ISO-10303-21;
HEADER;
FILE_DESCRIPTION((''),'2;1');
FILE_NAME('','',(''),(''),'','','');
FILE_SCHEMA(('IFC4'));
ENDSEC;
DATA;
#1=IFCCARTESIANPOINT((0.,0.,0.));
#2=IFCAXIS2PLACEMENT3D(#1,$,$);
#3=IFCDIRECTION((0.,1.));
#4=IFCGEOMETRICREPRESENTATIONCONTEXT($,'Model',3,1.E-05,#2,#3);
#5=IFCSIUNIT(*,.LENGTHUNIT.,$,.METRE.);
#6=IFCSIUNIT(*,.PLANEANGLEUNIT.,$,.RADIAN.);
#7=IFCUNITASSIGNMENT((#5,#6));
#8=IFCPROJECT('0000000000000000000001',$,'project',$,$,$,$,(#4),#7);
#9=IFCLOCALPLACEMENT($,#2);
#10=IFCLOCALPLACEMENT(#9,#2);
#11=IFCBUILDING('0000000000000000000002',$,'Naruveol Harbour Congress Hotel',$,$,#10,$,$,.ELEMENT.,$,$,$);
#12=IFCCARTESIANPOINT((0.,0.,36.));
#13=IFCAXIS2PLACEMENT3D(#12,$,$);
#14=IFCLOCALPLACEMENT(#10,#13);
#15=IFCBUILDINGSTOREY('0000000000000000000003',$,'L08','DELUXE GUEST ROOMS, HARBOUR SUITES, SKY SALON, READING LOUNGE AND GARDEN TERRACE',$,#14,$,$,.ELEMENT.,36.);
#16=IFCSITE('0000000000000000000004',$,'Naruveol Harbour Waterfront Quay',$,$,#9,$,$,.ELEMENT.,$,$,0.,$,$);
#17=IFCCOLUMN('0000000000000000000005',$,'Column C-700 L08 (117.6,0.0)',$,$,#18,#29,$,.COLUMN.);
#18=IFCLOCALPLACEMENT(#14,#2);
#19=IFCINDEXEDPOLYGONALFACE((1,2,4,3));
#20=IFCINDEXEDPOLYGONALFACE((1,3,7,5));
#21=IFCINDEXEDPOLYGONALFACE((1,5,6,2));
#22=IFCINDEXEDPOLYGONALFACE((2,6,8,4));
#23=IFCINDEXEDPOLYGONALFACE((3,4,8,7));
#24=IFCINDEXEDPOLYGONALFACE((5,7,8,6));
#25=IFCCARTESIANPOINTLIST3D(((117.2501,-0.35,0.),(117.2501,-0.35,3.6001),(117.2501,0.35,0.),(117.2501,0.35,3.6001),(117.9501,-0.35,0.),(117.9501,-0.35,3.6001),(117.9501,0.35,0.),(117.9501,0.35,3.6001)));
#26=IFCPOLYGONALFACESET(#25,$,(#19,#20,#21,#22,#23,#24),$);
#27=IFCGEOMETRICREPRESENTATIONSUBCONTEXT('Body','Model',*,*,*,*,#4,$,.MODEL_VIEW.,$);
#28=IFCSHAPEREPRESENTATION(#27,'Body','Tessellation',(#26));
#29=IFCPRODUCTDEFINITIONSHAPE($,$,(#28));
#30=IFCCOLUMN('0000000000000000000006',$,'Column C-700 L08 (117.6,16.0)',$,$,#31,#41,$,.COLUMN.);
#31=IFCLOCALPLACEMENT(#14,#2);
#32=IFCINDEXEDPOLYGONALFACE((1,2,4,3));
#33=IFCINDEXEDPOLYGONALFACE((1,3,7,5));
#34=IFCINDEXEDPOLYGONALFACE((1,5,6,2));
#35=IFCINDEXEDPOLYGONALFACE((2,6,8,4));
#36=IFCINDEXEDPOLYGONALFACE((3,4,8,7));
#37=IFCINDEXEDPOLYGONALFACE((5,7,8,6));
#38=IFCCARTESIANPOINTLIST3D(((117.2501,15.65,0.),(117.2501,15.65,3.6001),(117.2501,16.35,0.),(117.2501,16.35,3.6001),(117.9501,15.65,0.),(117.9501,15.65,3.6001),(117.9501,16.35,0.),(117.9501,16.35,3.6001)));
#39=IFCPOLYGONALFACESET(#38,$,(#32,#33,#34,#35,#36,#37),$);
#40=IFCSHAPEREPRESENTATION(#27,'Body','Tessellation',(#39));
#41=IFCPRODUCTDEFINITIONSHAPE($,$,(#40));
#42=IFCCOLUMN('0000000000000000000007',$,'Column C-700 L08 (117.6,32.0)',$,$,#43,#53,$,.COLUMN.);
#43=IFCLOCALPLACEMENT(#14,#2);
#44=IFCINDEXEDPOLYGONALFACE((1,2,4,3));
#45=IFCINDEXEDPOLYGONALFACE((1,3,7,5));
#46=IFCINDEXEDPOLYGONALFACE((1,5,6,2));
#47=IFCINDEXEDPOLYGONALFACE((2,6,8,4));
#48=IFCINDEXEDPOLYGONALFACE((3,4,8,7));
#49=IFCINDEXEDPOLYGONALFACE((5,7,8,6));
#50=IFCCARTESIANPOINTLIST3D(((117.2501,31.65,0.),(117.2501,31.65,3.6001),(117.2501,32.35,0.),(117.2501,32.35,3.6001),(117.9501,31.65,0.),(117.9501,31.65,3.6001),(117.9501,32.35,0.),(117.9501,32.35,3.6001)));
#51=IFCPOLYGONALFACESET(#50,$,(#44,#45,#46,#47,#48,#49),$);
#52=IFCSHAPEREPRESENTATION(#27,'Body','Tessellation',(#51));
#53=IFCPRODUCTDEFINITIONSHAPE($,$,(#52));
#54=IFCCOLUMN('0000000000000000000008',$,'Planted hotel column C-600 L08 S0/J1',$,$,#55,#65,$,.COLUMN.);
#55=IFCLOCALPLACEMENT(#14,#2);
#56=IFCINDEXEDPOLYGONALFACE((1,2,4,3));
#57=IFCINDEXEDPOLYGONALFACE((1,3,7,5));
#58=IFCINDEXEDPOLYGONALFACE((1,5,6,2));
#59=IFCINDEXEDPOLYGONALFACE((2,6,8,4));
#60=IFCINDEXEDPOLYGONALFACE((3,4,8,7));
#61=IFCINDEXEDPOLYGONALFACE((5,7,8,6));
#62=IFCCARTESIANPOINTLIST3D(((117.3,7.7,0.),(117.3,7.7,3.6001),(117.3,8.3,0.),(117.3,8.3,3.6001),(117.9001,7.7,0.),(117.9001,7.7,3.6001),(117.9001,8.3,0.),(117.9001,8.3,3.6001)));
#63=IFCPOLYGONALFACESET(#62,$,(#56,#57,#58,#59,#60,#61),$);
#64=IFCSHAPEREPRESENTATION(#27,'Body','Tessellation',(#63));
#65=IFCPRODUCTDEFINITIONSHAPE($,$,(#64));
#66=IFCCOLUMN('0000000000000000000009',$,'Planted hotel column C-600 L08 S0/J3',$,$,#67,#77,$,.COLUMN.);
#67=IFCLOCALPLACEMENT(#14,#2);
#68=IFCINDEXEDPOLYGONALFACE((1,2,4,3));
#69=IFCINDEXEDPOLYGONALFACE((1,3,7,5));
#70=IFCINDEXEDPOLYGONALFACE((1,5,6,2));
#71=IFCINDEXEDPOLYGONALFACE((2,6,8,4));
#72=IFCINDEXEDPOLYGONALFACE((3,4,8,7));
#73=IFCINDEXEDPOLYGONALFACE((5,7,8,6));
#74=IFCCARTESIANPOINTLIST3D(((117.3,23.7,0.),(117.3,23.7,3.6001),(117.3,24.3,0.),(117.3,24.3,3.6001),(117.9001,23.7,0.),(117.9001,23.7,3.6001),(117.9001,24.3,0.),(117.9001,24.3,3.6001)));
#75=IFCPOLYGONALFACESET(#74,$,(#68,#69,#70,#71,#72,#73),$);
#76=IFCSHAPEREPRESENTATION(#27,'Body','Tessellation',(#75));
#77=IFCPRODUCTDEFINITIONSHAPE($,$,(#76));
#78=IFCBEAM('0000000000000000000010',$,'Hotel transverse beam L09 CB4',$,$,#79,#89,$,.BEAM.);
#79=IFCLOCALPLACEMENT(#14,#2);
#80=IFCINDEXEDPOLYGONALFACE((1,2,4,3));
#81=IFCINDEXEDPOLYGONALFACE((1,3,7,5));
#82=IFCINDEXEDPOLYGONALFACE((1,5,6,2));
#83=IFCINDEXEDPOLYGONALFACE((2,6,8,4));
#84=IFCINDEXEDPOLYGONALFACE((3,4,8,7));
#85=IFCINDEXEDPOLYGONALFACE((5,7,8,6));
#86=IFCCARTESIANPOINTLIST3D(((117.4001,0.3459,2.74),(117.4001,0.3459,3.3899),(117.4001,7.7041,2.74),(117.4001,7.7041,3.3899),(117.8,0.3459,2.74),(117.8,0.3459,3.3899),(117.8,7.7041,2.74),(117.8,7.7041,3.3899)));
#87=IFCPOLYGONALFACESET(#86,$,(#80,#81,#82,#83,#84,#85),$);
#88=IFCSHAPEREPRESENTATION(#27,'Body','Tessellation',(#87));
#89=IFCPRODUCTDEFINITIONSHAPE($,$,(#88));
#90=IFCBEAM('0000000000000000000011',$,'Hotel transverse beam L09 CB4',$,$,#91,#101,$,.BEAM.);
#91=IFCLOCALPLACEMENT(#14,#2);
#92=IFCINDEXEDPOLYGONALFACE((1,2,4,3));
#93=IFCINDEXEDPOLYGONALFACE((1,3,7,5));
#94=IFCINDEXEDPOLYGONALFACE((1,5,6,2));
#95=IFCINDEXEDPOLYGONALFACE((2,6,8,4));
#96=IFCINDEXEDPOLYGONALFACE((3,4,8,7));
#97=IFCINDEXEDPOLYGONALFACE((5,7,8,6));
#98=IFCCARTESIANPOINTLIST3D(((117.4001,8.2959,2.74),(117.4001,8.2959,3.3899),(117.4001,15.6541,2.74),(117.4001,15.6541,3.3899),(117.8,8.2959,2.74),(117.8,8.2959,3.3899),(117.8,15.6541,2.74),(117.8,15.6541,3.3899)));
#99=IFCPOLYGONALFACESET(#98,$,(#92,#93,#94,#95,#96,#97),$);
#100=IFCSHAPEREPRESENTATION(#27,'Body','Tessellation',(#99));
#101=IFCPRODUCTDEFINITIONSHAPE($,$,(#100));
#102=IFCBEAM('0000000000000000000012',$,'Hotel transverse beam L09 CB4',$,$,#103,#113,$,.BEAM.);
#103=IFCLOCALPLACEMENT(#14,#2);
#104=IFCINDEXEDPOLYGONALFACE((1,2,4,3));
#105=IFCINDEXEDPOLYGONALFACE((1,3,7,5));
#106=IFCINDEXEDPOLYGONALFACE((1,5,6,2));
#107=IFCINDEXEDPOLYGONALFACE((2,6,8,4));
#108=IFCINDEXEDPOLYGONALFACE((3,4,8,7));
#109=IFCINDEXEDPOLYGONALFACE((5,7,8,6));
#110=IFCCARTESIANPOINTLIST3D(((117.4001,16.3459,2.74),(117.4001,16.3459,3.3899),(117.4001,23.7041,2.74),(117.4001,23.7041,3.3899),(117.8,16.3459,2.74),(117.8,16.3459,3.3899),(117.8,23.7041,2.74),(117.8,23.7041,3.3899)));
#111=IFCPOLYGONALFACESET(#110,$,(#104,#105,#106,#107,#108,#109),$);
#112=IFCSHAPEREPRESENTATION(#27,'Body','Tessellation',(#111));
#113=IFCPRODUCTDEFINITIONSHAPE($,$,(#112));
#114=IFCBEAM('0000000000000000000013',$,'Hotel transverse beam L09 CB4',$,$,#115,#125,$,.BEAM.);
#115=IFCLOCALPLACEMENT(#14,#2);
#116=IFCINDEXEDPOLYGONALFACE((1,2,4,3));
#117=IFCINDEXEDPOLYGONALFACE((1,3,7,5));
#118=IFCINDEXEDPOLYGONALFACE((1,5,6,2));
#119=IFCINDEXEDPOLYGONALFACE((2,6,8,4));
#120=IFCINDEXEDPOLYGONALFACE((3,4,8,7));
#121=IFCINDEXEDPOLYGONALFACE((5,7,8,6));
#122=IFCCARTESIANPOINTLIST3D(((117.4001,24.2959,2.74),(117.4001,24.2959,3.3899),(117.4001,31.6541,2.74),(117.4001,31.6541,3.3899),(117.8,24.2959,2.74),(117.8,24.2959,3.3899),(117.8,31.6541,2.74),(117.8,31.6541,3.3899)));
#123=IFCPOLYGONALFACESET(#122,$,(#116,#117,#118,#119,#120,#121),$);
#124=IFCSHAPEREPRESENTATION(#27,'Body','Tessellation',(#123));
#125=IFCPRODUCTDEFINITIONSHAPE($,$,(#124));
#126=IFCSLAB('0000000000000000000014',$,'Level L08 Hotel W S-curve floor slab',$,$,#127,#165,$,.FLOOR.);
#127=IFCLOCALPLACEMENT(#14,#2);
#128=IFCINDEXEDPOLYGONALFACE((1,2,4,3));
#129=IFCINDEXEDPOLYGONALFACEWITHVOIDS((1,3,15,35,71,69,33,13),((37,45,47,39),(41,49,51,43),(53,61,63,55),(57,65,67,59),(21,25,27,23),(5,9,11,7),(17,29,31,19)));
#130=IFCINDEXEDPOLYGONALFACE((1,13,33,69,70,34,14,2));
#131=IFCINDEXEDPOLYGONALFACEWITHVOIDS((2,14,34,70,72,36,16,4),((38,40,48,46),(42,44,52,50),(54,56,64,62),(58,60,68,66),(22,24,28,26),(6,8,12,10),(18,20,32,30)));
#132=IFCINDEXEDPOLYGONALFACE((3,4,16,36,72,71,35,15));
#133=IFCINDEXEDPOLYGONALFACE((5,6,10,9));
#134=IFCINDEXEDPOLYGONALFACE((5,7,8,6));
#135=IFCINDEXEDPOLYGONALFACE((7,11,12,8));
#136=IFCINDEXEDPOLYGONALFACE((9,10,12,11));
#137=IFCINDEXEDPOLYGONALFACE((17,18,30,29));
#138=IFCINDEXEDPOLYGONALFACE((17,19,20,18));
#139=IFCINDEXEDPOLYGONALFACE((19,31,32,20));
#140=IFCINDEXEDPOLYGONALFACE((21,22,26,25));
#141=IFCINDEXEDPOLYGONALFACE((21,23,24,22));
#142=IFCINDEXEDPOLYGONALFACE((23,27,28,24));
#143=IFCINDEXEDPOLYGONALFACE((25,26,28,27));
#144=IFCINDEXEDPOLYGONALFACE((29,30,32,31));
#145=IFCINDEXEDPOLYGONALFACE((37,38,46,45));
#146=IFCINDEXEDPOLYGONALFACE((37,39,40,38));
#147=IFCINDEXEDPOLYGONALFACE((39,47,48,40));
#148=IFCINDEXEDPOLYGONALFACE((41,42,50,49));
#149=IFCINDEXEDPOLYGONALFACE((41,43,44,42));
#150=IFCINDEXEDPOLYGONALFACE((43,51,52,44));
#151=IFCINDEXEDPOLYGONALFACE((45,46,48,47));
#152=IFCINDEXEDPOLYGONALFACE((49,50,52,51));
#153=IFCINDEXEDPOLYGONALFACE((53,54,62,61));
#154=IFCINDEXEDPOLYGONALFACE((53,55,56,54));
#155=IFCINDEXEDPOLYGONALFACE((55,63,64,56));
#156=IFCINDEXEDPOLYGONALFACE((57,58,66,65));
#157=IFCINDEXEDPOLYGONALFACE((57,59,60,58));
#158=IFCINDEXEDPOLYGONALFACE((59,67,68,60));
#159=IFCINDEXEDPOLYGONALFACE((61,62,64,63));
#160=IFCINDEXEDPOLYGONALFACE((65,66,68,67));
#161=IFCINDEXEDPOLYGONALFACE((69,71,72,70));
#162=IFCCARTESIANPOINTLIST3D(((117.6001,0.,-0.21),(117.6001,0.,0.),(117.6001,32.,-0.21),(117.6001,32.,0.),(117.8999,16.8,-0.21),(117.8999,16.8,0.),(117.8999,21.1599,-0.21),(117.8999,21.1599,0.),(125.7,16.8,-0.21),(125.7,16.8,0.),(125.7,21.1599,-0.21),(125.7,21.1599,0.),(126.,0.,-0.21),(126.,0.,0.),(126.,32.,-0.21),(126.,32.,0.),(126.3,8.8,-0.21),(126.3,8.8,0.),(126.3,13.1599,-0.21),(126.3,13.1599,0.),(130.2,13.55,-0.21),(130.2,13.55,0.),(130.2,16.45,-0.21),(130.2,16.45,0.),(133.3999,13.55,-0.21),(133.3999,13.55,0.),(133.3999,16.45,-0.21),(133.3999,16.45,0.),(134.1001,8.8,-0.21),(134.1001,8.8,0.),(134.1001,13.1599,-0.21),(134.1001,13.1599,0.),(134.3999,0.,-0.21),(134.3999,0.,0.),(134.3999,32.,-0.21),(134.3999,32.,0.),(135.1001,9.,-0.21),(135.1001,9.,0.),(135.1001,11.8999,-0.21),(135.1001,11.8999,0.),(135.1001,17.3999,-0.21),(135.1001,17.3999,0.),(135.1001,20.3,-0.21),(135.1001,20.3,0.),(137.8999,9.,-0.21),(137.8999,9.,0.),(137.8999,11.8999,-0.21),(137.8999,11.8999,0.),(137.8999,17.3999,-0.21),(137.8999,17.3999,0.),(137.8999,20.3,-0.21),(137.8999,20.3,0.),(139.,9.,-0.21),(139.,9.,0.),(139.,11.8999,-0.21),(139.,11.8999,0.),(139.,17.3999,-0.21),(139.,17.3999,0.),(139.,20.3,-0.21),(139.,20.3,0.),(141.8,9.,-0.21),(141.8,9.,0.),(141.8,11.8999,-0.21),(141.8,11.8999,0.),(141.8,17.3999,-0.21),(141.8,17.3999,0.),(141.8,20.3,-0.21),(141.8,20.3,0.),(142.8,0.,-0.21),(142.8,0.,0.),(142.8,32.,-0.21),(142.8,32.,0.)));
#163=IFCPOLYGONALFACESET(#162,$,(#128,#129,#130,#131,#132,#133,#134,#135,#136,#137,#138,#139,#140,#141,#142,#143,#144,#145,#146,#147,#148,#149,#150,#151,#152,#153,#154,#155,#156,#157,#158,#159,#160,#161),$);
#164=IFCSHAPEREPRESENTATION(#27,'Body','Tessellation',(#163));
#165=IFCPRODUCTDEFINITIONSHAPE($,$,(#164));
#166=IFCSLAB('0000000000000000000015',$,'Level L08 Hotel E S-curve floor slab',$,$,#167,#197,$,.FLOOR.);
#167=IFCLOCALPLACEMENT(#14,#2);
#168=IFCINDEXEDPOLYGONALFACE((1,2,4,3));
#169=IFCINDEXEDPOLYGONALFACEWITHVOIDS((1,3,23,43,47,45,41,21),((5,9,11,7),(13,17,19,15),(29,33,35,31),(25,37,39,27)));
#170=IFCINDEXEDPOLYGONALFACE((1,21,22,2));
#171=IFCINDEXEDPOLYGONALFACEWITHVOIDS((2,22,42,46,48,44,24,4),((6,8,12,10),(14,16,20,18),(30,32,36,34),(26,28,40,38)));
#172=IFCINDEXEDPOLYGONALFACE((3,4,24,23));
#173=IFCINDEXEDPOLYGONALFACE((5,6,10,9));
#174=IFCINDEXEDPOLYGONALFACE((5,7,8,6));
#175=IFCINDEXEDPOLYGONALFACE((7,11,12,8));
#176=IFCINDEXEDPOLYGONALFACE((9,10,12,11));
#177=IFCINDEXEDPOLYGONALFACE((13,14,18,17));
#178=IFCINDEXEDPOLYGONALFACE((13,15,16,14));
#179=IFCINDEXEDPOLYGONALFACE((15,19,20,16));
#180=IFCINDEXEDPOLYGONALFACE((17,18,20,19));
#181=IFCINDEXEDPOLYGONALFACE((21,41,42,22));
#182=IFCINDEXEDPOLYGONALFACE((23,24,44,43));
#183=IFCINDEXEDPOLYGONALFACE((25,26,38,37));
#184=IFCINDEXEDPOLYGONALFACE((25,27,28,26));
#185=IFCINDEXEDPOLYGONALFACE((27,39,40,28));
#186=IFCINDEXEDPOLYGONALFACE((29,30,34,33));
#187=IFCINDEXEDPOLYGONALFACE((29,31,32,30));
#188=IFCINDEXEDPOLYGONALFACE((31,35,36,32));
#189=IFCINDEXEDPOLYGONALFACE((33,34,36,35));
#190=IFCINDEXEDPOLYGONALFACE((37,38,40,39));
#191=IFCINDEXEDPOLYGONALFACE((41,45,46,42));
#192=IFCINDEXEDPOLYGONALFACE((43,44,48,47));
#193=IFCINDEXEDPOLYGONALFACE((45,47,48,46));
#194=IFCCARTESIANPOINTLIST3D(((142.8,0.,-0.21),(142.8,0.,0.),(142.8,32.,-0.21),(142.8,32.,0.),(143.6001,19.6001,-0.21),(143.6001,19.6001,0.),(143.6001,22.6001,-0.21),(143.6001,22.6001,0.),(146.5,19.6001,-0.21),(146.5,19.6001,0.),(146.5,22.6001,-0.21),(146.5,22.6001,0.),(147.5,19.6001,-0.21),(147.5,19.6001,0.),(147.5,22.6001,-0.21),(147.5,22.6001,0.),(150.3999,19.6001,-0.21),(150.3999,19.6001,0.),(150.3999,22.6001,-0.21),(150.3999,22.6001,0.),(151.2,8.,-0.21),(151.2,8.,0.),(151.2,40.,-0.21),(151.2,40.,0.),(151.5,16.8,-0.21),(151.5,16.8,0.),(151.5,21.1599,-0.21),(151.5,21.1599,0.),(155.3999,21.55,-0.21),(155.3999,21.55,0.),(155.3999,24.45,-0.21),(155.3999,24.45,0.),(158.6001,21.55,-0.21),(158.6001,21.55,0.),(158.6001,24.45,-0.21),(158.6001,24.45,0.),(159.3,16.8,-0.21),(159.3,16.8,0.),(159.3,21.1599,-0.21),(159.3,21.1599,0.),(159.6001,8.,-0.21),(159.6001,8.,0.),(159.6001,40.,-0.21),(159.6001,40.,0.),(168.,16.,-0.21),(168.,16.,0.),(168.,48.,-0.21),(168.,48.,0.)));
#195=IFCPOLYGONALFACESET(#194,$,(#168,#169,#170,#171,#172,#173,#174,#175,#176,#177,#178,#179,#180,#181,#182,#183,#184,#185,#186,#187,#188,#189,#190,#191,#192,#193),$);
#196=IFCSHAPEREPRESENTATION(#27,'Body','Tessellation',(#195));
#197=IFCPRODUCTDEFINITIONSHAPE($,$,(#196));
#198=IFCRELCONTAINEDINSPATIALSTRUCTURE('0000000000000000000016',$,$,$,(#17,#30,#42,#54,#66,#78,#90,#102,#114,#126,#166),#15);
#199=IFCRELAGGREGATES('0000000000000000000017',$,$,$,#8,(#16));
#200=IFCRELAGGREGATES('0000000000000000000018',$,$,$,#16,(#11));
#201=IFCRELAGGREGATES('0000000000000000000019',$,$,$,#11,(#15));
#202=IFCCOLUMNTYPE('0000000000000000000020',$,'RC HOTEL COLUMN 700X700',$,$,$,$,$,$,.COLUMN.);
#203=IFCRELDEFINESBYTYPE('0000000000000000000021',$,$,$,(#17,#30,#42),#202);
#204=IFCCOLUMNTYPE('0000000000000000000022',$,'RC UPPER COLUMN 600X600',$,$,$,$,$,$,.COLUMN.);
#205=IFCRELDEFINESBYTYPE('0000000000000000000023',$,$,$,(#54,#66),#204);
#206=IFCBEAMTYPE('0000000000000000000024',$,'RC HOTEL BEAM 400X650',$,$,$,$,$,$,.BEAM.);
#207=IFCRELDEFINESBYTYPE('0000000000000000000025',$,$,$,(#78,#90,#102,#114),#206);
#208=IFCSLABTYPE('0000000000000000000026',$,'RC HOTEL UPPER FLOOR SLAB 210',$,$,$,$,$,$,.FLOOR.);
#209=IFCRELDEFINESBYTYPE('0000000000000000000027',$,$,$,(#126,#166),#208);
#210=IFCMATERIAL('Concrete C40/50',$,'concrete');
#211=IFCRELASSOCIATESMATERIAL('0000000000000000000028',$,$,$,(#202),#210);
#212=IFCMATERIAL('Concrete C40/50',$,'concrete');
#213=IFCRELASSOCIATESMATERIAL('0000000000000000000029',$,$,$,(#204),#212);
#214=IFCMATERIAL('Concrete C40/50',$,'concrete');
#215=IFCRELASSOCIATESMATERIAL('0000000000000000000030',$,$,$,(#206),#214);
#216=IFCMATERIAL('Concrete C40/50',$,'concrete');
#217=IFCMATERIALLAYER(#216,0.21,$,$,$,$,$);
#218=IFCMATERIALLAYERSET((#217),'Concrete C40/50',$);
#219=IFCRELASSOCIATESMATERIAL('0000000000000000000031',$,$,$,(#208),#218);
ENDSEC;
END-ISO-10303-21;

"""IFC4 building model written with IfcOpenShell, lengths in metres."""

from ifc_helpers import new_model, si_unit, direction, frame, origin, origin_2d, place, context, subcontext, project, spatial, polyline, rectangle, outline, extrude, material, layer, layer_set, material_profile, profile_set, type_object, element, save


model = new_model("IFC4")

# Units and contexts
model_context = context("Model", 3, precision=1e-05, world=origin(), true_north=direction((0.0, 1.0)))
body_context = subcontext(model_context, "Body", "Model", "MODEL_VIEW")
ifc_project = project(units=[si_unit("LENGTHUNIT", "METRE"), si_unit("PLANEANGLEUNIT", "RADIAN")], contexts=[model_context])

# Site, building, storey
site_placement = place(None, origin())
site = spatial("IfcSite", under=ifc_project, at=site_placement, Name="Naruveol Harbour Waterfront Quay", CompositionType="ELEMENT", RefElevation=0.0)
building_placement = place(site_placement, origin())
building = spatial("IfcBuilding", under=site, at=building_placement, Name="Naruveol Harbour Congress Hotel", CompositionType="ELEMENT")
storey_placement = place(building_placement, frame((0.0, 0.0, 36.0)))
storey = spatial("IfcBuildingStorey", under=building, at=storey_placement, Name="L08", Description="DELUXE GUEST ROOMS, HARBOUR SUITES, SKY SALON, READING LOUNGE AND GARDEN TERRACE", CompositionType="ELEMENT", Elevation=36.0)

# Columns
ifc_material_1 = material(Name="Concrete C40/50", Category="concrete")
ifc_material_profile_1 = material_profile(ifc_material_1, rectangle(XDim=0.7, YDim=0.7, at=origin_2d()), Name="RC-700x700")
ifc_profile_set_1 = profile_set([ifc_material_profile_1], Name="Concrete C40/50")
column_type_1 = type_object("IfcColumnType", Name="RC HOTEL COLUMN 700X700", PredefinedType="COLUMN", material=ifc_profile_set_1)
for number, where, z_axis, x_axis, name in (
    (1, (117.6001, 0.0, 0.0), (0.0, 0.0, 1.0), (1.0, 0.0, 0.0), "Column C-700 L08 (117.6,0.0)"),
    (2, (117.6001, 16.0, 0.0), (0.0, 0.0, 1.0), (1.0, 0.0, 0.0), "Column C-700 L08 (117.6,16.0)"),
    (3, (117.6001, 32.0, 0.0), (0.0, 0.0, 1.0), (1.0, 0.0, 0.0), "Column C-700 L08 (117.6,32.0)"),
):
    element("IfcColumn", number, at=place(storey_placement, frame(where, z_axis=z_axis, x_axis=x_axis)), inside=storey, type_object=column_type_1, Name=name, PredefinedType="COLUMN", context=body_context, shape_type="SweptSolid", body=[
        extrude(rectangle(XDim=0.7, YDim=0.7, at=origin_2d()), origin(), (0.0, 0.0, 1.0), 3.6001),
    ])
ifc_material_2 = material(Name="Concrete C40/50", Category="concrete")
ifc_material_profile_2 = material_profile(ifc_material_2, rectangle(XDim=0.6001, YDim=0.6001, at=origin_2d()), Name="RC-600x600")
ifc_profile_set_2 = profile_set([ifc_material_profile_2], Name="Concrete C40/50")
column_type_2 = type_object("IfcColumnType", Name="RC UPPER COLUMN 600X600", PredefinedType="COLUMN", material=ifc_profile_set_2)
for number, where, z_axis, x_axis, name in (
    (4, (117.6001, 8.0, 0.0), (0.0, 0.0, 1.0), (1.0, 0.0, 0.0), "Planted hotel column C-600 L08 S0/J1"),
    (5, (117.6001, 24.0, 0.0), (0.0, 0.0, 1.0), (1.0, 0.0, 0.0), "Planted hotel column C-600 L08 S0/J3"),
):
    element("IfcColumn", number, at=place(storey_placement, frame(where, z_axis=z_axis, x_axis=x_axis)), inside=storey, type_object=column_type_2, Name=name, PredefinedType="COLUMN", context=body_context, shape_type="SweptSolid", body=[
        extrude(rectangle(XDim=0.6001, YDim=0.6001, at=origin_2d()), origin(), (0.0, 0.0, 1.0), 3.6001),
    ])

# Beams
ifc_material_3 = material(Name="Concrete C40/50", Category="concrete")
ifc_material_profile_3 = material_profile(ifc_material_3, rectangle(XDim=0.3999, YDim=0.6499, at=origin_2d()), Name="RCB-400x650")
ifc_profile_set_3 = profile_set([ifc_material_profile_3], Name="Concrete C40/50")
beam_type = type_object("IfcBeamType", Name="RC HOTEL BEAM 400X650", PredefinedType="BEAM", material=ifc_profile_set_3)
for number, where, z_axis, x_axis, name in (
    (6, (117.6001, 0.3459, 3.0649), (0.0, 1.0, 0.0), (-1.0, 0.0, 0.0), "Hotel transverse beam L09 CB4"),
    (7, (117.6001, 8.2959, 3.0649), (0.0, 1.0, 0.0), (-1.0, 0.0, 0.0), "Hotel transverse beam L09 CB4"),
    (8, (117.6001, 16.3459, 3.0649), (0.0, 1.0, 0.0), (-1.0, 0.0, 0.0), "Hotel transverse beam L09 CB4"),
    (9, (117.6001, 24.2959, 3.0649), (0.0, 1.0, 0.0), (-1.0, 0.0, 0.0), "Hotel transverse beam L09 CB4"),
):
    element("IfcBeam", number, at=place(storey_placement, frame(where, z_axis=z_axis, x_axis=x_axis)), inside=storey, type_object=beam_type, Name=name, PredefinedType="BEAM", context=body_context, shape_type="SweptSolid", body=[
        extrude(rectangle(XDim=0.3999, YDim=0.6499, at=origin_2d()), origin(), (0.0, 0.0, 1.0), 7.3582),
    ])

# Slabs
ifc_material_4 = material(Name="Concrete C40/50", Category="concrete")
ifc_layer_1 = layer(ifc_material_4, 0.21)
ifc_layer_set_1 = layer_set([ifc_layer_1], Name="Concrete C40/50")
slab_type_1 = type_object("IfcSlabType", Name="RC HOTEL UPPER FLOOR SLAB 210", PredefinedType="FLOOR", material=ifc_layer_set_1)
slab_1_placement = place(storey_placement, frame((0.0, 0.0, -0.21)))
element("IfcSlab", 10, at=slab_1_placement, inside=storey, type_object=slab_type_1, Name="Level L08 Hotel W S-curve floor slab", PredefinedType="FLOOR", context=body_context, shape_type="SweptSolid", body=[
    extrude(outline(polyline([(117.6001, 0.0), (126.0, 0.0), (134.3999, 0.0), (142.8, 0.0), (142.8, 32.0), (134.3999, 32.0), (126.0, 32.0), (117.6001, 32.0), (117.6001, 0.0)]), holes=[polyline([(126.3, 8.8), (134.1001, 8.8), (134.1001, 13.1599), (126.3, 13.1599), (126.3, 8.8)]), polyline([(117.8999, 16.8), (125.7, 16.8), (125.7, 21.1599), (117.8999, 21.1599), (117.8999, 16.8)]), polyline([(135.1001, 17.3999), (137.8999, 17.3999), (137.8999, 20.3), (135.1001, 20.3), (135.1001, 17.3999)]), polyline([(139.0, 17.3999), (141.8, 17.3999), (141.8, 20.3), (139.0, 20.3), (139.0, 17.3999)]), polyline([(135.1001, 9.0), (137.8999, 9.0), (137.8999, 11.8999), (135.1001, 11.8999), (135.1001, 9.0)]), polyline([(139.0, 9.0), (141.8, 9.0), (141.8, 11.8999), (139.0, 11.8999), (139.0, 9.0)]), polyline([(130.2, 13.55), (133.3999, 13.55), (133.3999, 16.45), (130.2, 16.45), (130.2, 13.55)])]), origin(), (0.0, 0.0, 1.0), 0.21),
])
slab_2_placement = place(storey_placement, frame((0.0, 0.0, -0.21)))
element("IfcSlab", 11, at=slab_2_placement, inside=storey, type_object=slab_type_1, Name="Level L08 Hotel E S-curve floor slab", PredefinedType="FLOOR", context=body_context, shape_type="SweptSolid", body=[
    extrude(outline(polyline([(142.8, 0.0), (151.2, 8.0), (159.6001, 8.0), (168.0, 16.0), (168.0, 48.0), (159.6001, 40.0), (151.2, 40.0), (142.8, 32.0), (142.8, 0.0)]), holes=[polyline([(151.5, 16.8), (159.3, 16.8), (159.3, 21.1599), (151.5, 21.1599), (151.5, 16.8)]), polyline([(155.3999, 21.55), (158.6001, 21.55), (158.6001, 24.45), (155.3999, 24.45), (155.3999, 21.55)]), polyline([(143.6001, 19.6001), (146.5, 19.6001), (146.5, 22.6001), (143.6001, 22.6001), (143.6001, 19.6001)]), polyline([(147.5, 19.6001), (150.3999, 19.6001), (150.3999, 22.6001), (147.5, 22.6001), (147.5, 19.6001)])]), origin(), (0.0, 0.0, 1.0), 0.21),
])

save(model, "model.ifc")
